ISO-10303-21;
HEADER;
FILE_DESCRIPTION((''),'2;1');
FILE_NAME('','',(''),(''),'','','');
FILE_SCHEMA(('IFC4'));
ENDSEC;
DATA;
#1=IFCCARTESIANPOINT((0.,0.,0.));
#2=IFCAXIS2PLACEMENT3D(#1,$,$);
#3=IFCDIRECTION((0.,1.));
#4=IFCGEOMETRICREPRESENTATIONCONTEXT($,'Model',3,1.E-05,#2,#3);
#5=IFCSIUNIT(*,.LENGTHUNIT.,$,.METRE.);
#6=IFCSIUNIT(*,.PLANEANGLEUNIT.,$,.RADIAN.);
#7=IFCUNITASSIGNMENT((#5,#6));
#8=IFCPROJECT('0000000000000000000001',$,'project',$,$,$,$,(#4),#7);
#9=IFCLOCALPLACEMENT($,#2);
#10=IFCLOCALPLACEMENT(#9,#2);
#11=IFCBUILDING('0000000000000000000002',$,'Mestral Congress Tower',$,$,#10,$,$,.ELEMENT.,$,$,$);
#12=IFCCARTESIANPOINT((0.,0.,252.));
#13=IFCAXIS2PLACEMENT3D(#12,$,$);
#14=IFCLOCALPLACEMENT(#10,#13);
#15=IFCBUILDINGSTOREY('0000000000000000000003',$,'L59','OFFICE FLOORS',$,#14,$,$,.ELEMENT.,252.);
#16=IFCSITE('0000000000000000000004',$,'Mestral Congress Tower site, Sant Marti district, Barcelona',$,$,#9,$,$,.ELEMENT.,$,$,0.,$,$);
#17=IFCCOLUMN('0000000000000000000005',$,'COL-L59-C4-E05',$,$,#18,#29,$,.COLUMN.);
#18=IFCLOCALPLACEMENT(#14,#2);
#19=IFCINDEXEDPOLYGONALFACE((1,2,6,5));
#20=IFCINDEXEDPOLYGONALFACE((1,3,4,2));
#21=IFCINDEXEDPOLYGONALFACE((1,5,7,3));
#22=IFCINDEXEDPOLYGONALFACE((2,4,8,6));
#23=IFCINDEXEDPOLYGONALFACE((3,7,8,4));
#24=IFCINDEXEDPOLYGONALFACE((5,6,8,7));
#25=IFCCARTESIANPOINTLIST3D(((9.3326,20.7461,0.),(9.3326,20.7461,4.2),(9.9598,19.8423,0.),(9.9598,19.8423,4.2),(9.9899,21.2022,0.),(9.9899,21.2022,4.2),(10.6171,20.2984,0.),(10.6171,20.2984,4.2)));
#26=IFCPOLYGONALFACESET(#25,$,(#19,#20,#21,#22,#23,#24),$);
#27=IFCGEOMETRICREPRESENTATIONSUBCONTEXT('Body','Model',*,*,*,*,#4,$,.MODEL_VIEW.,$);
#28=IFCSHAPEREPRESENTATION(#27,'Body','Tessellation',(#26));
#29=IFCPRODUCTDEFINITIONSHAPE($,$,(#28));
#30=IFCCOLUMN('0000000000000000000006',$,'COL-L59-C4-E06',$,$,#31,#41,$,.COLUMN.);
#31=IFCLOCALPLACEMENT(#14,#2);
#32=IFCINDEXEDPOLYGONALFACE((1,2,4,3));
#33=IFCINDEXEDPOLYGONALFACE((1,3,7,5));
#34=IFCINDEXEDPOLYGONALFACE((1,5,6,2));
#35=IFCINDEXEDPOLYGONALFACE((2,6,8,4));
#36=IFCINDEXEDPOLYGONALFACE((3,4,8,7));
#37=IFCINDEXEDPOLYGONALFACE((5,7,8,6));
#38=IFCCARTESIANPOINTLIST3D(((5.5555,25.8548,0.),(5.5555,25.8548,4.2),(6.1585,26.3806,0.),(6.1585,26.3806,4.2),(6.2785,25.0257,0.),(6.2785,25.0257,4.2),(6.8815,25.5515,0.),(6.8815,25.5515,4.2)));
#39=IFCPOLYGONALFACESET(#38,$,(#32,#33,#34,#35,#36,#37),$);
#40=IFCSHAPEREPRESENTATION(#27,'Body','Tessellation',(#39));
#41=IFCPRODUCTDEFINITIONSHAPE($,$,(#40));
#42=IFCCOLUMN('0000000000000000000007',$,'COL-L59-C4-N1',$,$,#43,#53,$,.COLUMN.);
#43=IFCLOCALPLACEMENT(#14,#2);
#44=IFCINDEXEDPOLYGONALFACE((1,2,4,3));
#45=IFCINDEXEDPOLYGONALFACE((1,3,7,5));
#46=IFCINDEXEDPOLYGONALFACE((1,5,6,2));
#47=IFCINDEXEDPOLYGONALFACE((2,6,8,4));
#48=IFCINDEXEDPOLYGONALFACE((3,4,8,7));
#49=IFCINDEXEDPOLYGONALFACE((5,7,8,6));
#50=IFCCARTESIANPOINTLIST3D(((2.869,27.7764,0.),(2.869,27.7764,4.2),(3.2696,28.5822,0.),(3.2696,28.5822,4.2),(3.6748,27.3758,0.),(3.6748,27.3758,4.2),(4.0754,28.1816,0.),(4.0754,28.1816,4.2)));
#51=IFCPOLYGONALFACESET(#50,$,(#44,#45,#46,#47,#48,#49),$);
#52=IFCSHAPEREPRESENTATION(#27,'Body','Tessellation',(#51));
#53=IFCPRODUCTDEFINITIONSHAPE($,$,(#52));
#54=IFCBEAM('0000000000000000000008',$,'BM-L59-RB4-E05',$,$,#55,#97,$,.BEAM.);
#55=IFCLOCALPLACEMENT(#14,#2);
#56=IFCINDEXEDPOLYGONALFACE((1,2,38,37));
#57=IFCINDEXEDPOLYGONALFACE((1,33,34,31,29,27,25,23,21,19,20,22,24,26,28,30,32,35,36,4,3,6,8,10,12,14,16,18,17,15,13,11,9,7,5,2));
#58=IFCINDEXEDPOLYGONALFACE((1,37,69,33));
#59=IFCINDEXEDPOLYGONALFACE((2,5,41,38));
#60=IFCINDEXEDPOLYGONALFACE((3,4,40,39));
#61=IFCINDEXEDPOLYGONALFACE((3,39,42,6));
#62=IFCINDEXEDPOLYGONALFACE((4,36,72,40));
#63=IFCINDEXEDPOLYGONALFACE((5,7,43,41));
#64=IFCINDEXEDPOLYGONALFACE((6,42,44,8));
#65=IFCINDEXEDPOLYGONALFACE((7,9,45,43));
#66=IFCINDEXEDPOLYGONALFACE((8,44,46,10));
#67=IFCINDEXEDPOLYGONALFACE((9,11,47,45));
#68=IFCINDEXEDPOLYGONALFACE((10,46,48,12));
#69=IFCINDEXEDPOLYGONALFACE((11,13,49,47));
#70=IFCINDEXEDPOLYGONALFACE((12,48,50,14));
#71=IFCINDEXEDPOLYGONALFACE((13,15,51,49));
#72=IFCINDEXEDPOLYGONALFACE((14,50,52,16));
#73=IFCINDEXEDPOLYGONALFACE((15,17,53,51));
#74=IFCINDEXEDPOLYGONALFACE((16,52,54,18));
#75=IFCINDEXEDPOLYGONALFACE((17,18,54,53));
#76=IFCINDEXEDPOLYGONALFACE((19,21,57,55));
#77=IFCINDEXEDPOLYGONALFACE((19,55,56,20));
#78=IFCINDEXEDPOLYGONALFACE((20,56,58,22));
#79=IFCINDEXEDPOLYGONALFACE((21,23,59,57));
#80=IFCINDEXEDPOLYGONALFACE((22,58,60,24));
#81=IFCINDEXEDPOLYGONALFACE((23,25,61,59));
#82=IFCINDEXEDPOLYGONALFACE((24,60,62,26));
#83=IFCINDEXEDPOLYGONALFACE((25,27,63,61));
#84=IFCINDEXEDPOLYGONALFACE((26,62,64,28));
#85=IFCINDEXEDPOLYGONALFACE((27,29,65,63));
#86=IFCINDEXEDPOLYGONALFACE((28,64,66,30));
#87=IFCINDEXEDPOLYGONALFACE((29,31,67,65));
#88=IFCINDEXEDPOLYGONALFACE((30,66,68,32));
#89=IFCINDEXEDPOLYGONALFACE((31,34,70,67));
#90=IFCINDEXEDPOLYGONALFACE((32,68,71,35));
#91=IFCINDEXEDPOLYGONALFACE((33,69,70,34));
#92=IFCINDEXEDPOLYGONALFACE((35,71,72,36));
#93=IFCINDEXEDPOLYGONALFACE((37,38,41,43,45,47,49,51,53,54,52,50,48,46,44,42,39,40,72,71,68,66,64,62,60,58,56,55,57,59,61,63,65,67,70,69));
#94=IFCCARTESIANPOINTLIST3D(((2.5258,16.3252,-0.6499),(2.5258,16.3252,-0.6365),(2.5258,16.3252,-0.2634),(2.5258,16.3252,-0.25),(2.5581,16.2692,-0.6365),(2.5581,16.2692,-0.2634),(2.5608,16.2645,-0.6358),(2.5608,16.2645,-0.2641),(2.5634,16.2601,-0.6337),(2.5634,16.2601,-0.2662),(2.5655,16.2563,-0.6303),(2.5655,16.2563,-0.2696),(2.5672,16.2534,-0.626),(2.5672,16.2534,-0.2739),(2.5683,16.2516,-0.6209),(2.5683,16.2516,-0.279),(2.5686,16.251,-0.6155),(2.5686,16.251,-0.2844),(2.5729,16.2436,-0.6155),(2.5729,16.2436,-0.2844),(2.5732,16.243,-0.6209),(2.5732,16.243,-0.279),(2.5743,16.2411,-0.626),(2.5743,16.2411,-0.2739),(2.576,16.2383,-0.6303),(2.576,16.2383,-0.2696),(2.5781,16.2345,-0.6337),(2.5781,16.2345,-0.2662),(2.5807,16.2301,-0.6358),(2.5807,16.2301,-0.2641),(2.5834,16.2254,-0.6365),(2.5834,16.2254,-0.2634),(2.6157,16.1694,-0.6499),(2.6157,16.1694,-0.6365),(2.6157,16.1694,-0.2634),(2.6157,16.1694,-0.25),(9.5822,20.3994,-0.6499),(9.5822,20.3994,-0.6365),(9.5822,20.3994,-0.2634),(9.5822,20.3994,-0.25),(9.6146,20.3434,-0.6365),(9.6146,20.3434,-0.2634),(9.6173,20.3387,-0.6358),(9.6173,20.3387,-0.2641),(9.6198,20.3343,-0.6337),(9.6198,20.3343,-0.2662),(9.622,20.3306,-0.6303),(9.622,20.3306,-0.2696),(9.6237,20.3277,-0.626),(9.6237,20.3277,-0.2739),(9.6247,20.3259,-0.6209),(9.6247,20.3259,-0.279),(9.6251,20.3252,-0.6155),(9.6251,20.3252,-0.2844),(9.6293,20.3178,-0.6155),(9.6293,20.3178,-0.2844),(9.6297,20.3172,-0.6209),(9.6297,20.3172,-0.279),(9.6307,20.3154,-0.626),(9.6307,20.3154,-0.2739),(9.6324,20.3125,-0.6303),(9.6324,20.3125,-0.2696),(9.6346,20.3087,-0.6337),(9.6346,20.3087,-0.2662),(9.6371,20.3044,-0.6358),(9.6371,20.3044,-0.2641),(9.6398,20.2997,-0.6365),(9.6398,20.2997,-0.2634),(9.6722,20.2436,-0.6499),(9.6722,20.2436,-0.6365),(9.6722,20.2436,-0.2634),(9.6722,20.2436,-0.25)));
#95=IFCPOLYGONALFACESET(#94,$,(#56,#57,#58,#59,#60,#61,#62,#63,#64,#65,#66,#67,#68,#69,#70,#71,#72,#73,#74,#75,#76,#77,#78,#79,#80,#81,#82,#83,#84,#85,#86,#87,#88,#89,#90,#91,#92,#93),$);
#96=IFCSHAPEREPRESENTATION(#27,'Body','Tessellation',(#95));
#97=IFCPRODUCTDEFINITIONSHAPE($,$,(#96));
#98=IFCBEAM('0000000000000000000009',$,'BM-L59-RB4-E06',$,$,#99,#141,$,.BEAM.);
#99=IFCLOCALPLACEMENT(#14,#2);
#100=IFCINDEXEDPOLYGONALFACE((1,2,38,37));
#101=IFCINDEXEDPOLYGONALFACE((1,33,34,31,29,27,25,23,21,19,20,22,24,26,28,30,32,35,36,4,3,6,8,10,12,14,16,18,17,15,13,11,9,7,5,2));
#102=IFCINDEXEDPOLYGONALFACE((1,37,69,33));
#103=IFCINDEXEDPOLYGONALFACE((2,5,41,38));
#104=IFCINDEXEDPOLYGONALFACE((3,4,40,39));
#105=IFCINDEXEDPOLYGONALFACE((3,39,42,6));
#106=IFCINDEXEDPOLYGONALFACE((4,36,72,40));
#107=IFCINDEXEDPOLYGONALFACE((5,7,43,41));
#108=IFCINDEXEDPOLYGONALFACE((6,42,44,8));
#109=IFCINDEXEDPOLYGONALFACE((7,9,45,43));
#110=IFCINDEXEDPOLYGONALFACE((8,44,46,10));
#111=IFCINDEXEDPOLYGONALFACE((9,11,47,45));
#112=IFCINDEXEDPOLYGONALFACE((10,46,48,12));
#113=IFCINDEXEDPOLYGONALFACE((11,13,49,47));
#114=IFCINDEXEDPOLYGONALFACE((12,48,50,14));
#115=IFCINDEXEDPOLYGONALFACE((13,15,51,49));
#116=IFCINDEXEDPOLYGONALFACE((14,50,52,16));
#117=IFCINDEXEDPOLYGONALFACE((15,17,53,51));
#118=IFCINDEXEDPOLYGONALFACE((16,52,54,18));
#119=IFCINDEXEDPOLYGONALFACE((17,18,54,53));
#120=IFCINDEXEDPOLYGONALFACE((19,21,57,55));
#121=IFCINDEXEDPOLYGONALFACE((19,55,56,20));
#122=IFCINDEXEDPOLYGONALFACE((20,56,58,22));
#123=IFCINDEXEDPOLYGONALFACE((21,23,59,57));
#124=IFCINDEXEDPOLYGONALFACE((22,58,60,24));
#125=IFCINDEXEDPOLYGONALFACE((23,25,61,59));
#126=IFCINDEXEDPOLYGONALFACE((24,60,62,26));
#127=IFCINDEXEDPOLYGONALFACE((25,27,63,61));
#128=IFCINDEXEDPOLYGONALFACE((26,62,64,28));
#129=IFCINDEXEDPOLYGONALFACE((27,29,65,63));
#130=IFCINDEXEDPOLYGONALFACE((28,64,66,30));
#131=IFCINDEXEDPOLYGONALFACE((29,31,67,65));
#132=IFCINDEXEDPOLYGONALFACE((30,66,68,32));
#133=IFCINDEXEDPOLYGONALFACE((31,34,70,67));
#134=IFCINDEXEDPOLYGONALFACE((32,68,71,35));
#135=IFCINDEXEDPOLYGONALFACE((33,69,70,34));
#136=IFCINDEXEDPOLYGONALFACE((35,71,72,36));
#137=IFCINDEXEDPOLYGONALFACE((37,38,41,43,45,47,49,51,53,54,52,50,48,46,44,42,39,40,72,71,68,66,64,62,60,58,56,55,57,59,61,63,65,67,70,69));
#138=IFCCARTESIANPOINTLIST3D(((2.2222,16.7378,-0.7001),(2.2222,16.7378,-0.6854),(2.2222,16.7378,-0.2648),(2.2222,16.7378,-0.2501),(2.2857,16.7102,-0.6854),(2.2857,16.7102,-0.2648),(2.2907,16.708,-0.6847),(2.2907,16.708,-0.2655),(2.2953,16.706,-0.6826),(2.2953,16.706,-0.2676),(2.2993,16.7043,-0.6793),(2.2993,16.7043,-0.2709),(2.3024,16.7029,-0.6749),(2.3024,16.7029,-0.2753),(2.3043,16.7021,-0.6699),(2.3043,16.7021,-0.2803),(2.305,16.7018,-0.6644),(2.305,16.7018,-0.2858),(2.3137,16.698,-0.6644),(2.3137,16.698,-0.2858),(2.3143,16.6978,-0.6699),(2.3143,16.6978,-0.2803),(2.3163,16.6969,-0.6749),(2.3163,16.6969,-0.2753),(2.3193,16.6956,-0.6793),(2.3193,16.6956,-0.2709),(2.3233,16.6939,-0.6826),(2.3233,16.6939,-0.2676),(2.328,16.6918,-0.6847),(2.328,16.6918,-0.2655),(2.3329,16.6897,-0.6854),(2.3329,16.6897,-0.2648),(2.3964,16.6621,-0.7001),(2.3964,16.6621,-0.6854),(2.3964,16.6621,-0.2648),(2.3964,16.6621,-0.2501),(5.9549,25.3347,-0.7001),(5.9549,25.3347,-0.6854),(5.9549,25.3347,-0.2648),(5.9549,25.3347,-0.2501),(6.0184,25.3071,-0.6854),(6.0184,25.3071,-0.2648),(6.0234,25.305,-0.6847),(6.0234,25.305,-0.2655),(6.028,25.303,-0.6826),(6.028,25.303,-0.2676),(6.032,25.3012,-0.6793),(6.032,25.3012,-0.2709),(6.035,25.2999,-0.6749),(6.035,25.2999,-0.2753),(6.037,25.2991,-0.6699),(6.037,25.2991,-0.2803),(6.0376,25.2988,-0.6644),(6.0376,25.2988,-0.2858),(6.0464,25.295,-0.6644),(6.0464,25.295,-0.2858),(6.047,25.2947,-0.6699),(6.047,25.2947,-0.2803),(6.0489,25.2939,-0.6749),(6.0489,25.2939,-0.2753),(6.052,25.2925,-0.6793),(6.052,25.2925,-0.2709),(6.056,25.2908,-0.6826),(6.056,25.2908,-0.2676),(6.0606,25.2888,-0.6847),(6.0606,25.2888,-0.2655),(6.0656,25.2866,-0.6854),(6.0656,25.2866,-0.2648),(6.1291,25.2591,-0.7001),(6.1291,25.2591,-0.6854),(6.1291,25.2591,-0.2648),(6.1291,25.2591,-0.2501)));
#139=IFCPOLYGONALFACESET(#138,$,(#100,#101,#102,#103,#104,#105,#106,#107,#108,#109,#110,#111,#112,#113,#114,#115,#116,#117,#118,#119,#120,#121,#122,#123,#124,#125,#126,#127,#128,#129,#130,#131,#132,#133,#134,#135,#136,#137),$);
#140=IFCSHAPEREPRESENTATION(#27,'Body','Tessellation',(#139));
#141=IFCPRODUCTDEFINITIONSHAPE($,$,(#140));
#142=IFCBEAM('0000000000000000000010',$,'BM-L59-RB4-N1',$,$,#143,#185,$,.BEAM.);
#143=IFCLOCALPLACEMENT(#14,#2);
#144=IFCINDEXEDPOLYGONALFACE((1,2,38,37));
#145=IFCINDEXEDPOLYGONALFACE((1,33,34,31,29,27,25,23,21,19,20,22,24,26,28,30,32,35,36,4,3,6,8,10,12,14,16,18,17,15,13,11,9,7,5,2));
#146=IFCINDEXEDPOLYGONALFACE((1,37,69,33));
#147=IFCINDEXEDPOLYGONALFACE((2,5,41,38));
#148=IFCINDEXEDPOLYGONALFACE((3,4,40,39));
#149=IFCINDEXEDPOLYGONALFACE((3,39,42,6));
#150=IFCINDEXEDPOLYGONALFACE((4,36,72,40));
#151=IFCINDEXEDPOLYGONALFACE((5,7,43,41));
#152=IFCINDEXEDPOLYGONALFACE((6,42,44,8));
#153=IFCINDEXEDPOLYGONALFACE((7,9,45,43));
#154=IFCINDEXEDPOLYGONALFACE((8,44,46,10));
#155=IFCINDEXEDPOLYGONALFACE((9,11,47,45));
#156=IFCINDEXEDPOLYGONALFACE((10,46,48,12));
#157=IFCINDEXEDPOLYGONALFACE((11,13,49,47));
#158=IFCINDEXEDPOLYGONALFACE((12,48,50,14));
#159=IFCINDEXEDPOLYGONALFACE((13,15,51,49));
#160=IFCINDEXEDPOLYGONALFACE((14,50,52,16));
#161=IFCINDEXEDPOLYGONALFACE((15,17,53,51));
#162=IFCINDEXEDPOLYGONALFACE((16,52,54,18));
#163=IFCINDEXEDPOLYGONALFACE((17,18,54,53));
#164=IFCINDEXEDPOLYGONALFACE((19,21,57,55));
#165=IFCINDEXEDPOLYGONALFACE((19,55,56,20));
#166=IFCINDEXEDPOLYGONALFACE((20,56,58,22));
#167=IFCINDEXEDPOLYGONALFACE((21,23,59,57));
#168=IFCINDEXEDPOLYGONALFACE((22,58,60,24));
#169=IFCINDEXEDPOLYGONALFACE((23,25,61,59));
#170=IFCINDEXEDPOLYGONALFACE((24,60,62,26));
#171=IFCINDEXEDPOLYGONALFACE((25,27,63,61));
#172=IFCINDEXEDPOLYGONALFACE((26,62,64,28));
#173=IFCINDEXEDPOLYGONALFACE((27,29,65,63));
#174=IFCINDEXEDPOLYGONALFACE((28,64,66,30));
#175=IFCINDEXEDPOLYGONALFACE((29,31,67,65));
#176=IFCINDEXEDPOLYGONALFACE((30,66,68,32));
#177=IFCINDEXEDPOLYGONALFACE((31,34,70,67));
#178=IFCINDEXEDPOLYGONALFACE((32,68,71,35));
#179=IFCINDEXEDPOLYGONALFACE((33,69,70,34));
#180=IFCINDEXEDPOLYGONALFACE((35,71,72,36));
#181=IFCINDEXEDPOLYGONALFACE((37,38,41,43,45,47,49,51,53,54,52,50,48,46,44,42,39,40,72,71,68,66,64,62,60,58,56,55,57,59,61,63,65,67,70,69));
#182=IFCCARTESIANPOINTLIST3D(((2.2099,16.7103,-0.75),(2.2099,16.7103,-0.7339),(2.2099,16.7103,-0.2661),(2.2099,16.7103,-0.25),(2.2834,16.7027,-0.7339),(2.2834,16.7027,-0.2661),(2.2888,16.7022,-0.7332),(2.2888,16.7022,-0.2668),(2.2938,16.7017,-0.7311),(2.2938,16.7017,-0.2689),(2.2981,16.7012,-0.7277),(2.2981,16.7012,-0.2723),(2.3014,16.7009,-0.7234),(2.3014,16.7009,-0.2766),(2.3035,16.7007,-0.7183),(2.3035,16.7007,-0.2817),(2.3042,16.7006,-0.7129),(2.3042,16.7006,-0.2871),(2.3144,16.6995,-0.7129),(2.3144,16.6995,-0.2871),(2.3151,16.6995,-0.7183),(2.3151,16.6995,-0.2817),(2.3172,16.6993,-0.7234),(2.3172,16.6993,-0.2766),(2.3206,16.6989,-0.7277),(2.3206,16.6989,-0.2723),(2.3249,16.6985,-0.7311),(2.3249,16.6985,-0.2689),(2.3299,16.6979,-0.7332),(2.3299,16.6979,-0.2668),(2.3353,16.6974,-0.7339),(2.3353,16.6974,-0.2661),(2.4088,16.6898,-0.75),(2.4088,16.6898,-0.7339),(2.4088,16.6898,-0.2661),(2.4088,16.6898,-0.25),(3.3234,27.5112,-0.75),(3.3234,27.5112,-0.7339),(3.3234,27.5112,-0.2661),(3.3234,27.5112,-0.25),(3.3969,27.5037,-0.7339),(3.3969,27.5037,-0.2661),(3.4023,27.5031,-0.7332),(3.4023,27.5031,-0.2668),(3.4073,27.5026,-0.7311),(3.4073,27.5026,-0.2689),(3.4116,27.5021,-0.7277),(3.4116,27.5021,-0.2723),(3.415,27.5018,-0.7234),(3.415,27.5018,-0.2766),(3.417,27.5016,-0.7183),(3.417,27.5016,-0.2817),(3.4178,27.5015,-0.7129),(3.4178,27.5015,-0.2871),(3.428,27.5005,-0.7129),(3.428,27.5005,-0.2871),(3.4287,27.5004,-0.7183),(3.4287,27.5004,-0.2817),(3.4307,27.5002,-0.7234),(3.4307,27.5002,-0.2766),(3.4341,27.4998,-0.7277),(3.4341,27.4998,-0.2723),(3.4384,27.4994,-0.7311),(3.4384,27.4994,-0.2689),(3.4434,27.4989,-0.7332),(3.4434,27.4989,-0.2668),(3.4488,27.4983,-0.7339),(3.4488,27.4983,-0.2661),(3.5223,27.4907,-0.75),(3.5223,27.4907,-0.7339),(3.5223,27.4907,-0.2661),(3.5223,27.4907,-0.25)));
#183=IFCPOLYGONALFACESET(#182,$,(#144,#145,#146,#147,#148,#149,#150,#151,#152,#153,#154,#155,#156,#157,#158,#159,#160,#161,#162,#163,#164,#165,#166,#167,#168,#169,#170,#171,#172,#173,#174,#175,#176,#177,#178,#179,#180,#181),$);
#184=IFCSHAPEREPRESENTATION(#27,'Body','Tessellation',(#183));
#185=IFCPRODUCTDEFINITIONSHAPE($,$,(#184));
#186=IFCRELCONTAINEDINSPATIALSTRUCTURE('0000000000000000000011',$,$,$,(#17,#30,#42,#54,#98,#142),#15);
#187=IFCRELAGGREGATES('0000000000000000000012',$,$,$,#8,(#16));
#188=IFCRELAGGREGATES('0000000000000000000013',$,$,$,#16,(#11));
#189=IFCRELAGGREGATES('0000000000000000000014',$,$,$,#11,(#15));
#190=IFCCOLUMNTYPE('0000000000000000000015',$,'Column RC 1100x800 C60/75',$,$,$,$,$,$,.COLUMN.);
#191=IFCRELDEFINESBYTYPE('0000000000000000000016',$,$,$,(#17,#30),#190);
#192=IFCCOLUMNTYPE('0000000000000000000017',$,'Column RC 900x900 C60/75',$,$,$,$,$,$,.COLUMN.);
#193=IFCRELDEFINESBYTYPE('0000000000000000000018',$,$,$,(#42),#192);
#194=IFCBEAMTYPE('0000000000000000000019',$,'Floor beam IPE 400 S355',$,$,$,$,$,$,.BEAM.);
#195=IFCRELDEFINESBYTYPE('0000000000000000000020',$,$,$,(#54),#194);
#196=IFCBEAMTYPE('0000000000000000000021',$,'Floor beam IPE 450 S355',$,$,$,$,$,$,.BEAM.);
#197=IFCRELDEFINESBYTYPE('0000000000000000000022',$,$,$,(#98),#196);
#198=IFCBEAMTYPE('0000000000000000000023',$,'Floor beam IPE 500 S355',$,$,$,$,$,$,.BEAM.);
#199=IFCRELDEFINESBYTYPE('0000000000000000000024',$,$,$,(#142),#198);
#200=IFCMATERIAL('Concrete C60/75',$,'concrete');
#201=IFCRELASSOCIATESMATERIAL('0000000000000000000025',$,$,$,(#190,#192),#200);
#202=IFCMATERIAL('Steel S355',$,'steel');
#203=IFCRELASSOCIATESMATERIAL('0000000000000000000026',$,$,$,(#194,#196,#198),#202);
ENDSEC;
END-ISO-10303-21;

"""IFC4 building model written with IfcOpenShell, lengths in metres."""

from ifc_helpers import new_model, si_unit, direction, frame, origin, origin_2d, place, context, subcontext, project, spatial, rectangle, i_section, extrude, material, material_profile, profile_set, type_object, element, save


model = new_model("IFC4")

# Units and contexts
model_context = context("Model", 3, precision=1e-05, world=origin(), true_north=direction((0.0, 1.0)))
body_context = subcontext(model_context, "Body", "Model", "MODEL_VIEW")
ifc_project = project(units=[si_unit("LENGTHUNIT", "METRE"), si_unit("PLANEANGLEUNIT", "RADIAN")], contexts=[model_context])

# Site, building, storey
site_placement = place(None, origin())
site = spatial("IfcSite", under=ifc_project, at=site_placement, Name="Mestral Congress Tower site, Sant Marti district, Barcelona", CompositionType="ELEMENT", RefElevation=0.0)
building_placement = place(site_placement, origin())
building = spatial("IfcBuilding", under=site, at=building_placement, Name="Mestral Congress Tower", CompositionType="ELEMENT")
storey_placement = place(building_placement, frame((0.0, 0.0, 252.0)))
storey = spatial("IfcBuildingStorey", under=building, at=storey_placement, Name="L59", Description="OFFICE FLOORS", CompositionType="ELEMENT", Elevation=252.0)

# Columns
ifc_material_1 = material(Name="Concrete C60/75", Category="concrete")
ifc_material_profile_1 = material_profile(ifc_material_1, rectangle(XDim=1.1001, YDim=0.8, at=origin_2d()), Name="RC 1100x800")
ifc_profile_set_1 = profile_set([ifc_material_profile_1], Name="Concrete C60/75")
column_type_1 = type_object("IfcColumnType", Name="Column RC 1100x800 C60/75", PredefinedType="COLUMN", material=ifc_profile_set_1)
for number, where, z_axis, x_axis, name in (
    (1, (9.9749, 20.5222, 0.0), (0.0, 0.0, 1.0), (-0.570084, 0.821586, 0.0), "COL-L59-C4-E05"),
    (2, (6.2185, 25.7031, 0.0), (0.0, 0.0, 1.0), (-0.65725, 0.753672, 0.0), "COL-L59-C4-E06"),
):
    element("IfcColumn", number, at=place(storey_placement, frame(where, z_axis=z_axis, x_axis=x_axis)), inside=storey, type_object=column_type_1, Name=name, PredefinedType="COLUMN", context=body_context, shape_type="SweptSolid", body=[
        extrude(rectangle(XDim=1.1001, YDim=0.8, at=origin_2d()), origin(), (0.0, 0.0, 1.0), 4.2),
    ])
ifc_material_profile_2 = material_profile(ifc_material_1, rectangle(XDim=0.8999, YDim=0.8999, at=origin_2d()), Name="RC 900x900")
ifc_profile_set_2 = profile_set([ifc_material_profile_2], Name="Concrete C60/75")
column_type_2 = type_object("IfcColumnType", Name="Column RC 900x900 C60/75", PredefinedType="COLUMN", material=ifc_profile_set_2)
column_placement = place(storey_placement, frame((3.4722, 27.979, 0.0), z_axis=(0.0, 0.0, 1.0), x_axis=(-0.895456, 0.445149, 0.0)))
element("IfcColumn", 3, at=column_placement, inside=storey, type_object=column_type_2, Name="COL-L59-C4-N1", PredefinedType="COLUMN", context=body_context, shape_type="SweptSolid", body=[
    extrude(rectangle(XDim=0.8999, YDim=0.8999, at=origin_2d()), origin(), (0.0, 0.0, 1.0), 4.2),
])

# Beams
ifc_material_2 = material(Name="Steel S355", Category="steel")
ifc_material_profile_3 = material_profile(ifc_material_2, i_section(OverallWidth=0.1799, OverallDepth=0.3999, WebThickness=0.0085, FlangeThickness=0.0134, FilletRadius=0.021, at=origin_2d()), Name="IPE 400")
ifc_profile_set_3 = profile_set([ifc_material_profile_3], Name="Steel S355")
beam_type_1 = type_object("IfcBeamType", Name="Floor beam IPE 400 S355", PredefinedType="BEAM", material=ifc_profile_set_3)
beam_1_placement = place(storey_placement, frame((9.6272, 20.3215, -0.45), z_axis=(-0.866014, -0.500019, 0.0), x_axis=(0.500019, -0.866014, 0.0)))
element("IfcBeam", 4, at=beam_1_placement, inside=storey, type_object=beam_type_1, Name="BM-L59-RB4-E05", PredefinedType="BEAM", context=body_context, shape_type="SweptSolid", body=[
    extrude(i_section(OverallWidth=0.1799, OverallDepth=0.3999, WebThickness=0.0085, FlangeThickness=0.0134, FilletRadius=0.021, at=origin_2d()), origin(), (0.0, 0.0, 1.0), 8.1482),
])
ifc_material_profile_4 = material_profile(ifc_material_2, i_section(OverallWidth=0.1899, OverallDepth=0.45, WebThickness=0.0095, FlangeThickness=0.0146, FilletRadius=0.021, at=origin_2d()), Name="IPE 450")
ifc_profile_set_4 = profile_set([ifc_material_profile_4], Name="Steel S355")
beam_type_2 = type_object("IfcBeamType", Name="Floor beam IPE 450 S355", PredefinedType="BEAM", material=ifc_profile_set_4)
beam_2_placement = place(storey_placement, frame((6.042, 25.2969, -0.4751), z_axis=(-0.398266, -0.91727, 0.0), x_axis=(0.91727, -0.398266, 0.0)))
element("IfcBeam", 5, at=beam_2_placement, inside=storey, type_object=beam_type_2, Name="BM-L59-RB4-E06", PredefinedType="BEAM", context=body_context, shape_type="SweptSolid", body=[
    extrude(i_section(OverallWidth=0.1899, OverallDepth=0.45, WebThickness=0.0095, FlangeThickness=0.0146, FilletRadius=0.021, at=origin_2d()), origin(), (0.0, 0.0, 1.0), 9.3723),
])
ifc_material_profile_5 = material_profile(ifc_material_2, i_section(OverallWidth=0.2, OverallDepth=0.5, WebThickness=0.0103, FlangeThickness=0.0161, FilletRadius=0.021, at=origin_2d()), Name="IPE 500")
ifc_profile_set_5 = profile_set([ifc_material_profile_5], Name="Steel S355")
beam_type_3 = type_object("IfcBeamType", Name="Floor beam IPE 500 S355", PredefinedType="BEAM", material=ifc_profile_set_5)
beam_3_placement = place(storey_placement, frame((3.4229, 27.501, -0.5), z_axis=(-0.102551, -0.994728, 0.0), x_axis=(0.994728, -0.102551, 0.0)))
element("IfcBeam", 6, at=beam_3_placement, inside=storey, type_object=beam_type_3, Name="BM-L59-RB4-N1", PredefinedType="BEAM", context=body_context, shape_type="SweptSolid", body=[
    extrude(i_section(OverallWidth=0.2, OverallDepth=0.5, WebThickness=0.0103, FlangeThickness=0.0161, FilletRadius=0.021, at=origin_2d()), origin(), (0.0, 0.0, 1.0), 10.8582),
])

save(model, "model.ifc")
